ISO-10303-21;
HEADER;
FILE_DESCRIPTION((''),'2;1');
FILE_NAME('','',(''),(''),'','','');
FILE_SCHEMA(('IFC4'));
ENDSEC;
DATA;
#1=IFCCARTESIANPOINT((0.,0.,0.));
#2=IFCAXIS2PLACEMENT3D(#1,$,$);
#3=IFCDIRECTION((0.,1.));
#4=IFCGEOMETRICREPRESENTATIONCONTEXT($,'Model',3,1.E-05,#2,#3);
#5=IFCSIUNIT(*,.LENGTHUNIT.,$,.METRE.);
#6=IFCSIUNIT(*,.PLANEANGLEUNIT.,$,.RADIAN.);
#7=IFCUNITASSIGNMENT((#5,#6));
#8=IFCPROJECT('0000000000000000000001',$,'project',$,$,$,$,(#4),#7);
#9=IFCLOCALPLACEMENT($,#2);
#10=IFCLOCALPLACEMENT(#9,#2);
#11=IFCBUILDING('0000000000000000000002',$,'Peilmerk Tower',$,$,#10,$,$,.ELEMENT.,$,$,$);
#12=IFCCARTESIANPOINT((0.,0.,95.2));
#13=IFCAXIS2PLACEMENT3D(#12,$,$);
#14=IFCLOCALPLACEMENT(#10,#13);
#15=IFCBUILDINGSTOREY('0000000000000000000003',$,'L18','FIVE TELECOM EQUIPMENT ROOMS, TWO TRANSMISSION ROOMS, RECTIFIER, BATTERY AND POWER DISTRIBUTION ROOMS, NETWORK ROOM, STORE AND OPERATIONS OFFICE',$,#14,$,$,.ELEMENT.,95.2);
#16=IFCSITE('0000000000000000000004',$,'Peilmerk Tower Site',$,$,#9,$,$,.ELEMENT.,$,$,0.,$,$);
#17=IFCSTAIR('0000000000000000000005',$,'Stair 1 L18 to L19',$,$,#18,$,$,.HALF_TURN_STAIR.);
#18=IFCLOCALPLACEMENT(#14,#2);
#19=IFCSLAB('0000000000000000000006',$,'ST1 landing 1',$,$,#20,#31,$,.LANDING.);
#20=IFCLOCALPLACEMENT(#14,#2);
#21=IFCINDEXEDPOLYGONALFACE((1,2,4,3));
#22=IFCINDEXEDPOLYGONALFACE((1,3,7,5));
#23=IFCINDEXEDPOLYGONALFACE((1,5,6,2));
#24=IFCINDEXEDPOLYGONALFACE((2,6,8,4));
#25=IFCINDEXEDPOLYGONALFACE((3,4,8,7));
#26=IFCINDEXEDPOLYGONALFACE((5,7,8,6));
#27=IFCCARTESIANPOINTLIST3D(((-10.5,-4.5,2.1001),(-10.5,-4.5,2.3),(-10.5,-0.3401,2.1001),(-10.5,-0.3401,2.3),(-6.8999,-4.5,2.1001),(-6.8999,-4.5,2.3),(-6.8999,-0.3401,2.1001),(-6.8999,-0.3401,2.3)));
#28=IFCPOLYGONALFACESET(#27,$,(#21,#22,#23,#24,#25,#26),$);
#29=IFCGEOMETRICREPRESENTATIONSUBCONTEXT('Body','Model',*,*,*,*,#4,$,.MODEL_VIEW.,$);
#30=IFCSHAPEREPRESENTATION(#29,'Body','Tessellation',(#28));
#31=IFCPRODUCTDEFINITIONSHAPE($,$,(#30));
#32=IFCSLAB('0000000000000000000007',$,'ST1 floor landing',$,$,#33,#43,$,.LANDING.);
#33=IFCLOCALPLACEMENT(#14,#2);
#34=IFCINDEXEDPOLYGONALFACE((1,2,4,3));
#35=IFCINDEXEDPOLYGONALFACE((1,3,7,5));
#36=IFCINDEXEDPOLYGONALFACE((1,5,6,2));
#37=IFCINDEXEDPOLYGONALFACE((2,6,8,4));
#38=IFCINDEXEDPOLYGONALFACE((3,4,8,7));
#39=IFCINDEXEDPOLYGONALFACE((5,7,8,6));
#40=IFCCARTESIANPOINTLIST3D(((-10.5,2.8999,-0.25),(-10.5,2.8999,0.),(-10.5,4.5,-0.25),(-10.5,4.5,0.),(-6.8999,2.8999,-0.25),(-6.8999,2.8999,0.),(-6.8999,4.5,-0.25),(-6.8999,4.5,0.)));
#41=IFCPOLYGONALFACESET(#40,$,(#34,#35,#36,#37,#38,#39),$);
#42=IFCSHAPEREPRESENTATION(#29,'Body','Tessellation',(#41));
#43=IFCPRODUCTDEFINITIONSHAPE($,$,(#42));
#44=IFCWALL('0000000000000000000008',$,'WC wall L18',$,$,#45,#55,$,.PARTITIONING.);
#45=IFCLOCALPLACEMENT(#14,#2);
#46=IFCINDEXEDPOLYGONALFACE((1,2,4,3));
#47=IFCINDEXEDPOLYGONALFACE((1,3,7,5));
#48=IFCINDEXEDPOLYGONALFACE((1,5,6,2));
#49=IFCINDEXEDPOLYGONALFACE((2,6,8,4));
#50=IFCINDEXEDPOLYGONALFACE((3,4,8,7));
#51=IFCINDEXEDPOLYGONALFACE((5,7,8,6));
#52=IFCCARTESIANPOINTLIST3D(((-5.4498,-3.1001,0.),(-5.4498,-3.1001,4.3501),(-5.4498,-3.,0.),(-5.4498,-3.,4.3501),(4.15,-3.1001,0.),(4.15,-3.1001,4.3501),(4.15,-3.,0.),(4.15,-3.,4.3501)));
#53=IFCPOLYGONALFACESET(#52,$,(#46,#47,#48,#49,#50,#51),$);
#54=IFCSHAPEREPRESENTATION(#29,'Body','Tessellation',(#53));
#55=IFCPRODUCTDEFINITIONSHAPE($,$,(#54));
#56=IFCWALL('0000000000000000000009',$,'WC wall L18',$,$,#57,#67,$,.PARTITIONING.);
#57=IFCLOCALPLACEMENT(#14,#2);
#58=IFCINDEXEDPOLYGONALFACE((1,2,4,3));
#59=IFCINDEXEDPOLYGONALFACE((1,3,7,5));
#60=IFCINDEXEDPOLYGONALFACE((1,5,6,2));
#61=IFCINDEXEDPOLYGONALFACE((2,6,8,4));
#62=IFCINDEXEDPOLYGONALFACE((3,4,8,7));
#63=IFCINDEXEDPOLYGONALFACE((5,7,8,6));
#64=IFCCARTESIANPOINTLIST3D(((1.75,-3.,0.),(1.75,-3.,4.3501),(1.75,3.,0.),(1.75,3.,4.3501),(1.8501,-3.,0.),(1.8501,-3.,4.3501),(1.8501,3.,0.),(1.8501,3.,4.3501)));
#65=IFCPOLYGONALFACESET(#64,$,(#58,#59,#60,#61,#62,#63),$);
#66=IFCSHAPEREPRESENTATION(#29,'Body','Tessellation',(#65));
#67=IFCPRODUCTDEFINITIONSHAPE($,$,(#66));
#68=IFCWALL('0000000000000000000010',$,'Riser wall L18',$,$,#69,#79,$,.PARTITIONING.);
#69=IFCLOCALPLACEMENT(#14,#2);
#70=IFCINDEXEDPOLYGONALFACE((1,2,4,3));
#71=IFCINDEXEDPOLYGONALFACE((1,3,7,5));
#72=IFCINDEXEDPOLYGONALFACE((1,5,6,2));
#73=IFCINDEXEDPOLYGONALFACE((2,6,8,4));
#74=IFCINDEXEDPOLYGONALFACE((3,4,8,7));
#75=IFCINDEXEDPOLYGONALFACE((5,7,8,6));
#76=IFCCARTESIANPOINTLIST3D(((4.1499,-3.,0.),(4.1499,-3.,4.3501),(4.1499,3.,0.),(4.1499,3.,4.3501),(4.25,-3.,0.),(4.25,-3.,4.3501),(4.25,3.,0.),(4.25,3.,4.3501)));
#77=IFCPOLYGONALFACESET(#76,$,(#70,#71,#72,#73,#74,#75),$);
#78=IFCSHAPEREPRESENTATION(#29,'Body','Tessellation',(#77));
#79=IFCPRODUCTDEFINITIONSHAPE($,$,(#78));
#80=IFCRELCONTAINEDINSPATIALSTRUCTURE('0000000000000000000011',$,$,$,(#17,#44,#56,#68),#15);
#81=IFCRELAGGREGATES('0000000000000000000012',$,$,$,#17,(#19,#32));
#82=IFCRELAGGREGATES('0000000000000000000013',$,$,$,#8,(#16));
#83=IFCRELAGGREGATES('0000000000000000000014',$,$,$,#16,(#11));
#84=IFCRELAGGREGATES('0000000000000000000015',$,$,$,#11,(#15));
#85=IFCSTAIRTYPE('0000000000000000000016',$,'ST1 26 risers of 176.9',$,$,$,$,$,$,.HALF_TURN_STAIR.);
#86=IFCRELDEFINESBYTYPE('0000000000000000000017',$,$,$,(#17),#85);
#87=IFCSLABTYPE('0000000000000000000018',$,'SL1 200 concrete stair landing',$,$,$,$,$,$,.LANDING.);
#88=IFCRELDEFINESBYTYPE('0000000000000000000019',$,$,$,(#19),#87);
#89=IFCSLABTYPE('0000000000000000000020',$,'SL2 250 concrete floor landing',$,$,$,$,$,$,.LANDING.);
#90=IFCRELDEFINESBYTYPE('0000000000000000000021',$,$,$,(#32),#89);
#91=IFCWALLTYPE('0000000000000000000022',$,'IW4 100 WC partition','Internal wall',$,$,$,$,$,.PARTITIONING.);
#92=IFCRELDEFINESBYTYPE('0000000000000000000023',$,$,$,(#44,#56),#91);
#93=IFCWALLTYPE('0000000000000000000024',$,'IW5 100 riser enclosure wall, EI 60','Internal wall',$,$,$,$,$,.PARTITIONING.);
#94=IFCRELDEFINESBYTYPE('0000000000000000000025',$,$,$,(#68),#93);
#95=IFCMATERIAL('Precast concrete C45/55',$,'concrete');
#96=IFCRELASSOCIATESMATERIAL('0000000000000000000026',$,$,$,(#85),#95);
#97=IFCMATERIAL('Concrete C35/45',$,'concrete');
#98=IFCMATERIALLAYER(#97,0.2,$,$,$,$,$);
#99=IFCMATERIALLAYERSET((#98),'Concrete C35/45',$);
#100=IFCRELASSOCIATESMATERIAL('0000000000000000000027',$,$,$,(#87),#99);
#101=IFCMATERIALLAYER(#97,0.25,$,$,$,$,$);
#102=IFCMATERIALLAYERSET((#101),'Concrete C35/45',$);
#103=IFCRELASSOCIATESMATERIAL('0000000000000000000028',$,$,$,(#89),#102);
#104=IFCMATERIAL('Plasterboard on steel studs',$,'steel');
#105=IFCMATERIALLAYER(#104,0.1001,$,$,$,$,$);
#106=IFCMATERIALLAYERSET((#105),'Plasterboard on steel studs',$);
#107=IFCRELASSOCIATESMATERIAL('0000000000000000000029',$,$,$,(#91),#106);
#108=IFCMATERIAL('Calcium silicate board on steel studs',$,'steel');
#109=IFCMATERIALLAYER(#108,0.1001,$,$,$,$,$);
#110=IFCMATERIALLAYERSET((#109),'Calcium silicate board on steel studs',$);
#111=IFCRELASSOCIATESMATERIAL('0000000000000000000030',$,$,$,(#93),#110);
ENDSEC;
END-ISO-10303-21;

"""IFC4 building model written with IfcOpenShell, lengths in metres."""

from ifc_helpers import new_model, si_unit, direction, frame, frame_2d, origin, place, context, subcontext, project, spatial, polyline, rectangle, outline, extrude, material, layer, layer_set, type_object, element, aggregate, save


model = new_model("IFC4")

# Units and contexts
model_context = context("Model", 3, precision=1e-05, world=origin(), true_north=direction((0.0, 1.0)))
body_context = subcontext(model_context, "Body", "Model", "MODEL_VIEW")
ifc_project = project(units=[si_unit("LENGTHUNIT", "METRE"), si_unit("PLANEANGLEUNIT", "RADIAN")], contexts=[model_context])

# Site, building, storey
site_placement = place(None, origin())
site = spatial("IfcSite", under=ifc_project, at=site_placement, Name="Peilmerk Tower Site", CompositionType="ELEMENT", RefElevation=0.0)
building_placement = place(site_placement, origin())
building = spatial("IfcBuilding", under=site, at=building_placement, Name="Peilmerk Tower", CompositionType="ELEMENT")
storey_placement = place(building_placement, frame((0.0, 0.0, 95.2)))
storey = spatial("IfcBuildingStorey", under=building, at=storey_placement, Name="L18", Description="FIVE TELECOM EQUIPMENT ROOMS, TWO TRANSMISSION ROOMS, RECTIFIER, BATTERY AND POWER DISTRIBUTION ROOMS, NETWORK ROOM, STORE AND OPERATIONS OFFICE", CompositionType="ELEMENT", Elevation=95.2)

# Stair, slabs
ifc_material_1 = material(Name="Precast concrete C45/55", Category="concrete")
stair_type = type_object("IfcStairType", Name="ST1 26 risers of 176.9", PredefinedType="HALF_TURN_STAIR", material=ifc_material_1)
stair_placement = place(storey_placement, origin())
stair = element("IfcStair", 1, at=stair_placement, inside=storey, type_object=stair_type, Name="Stair 1 L18 to L19", PredefinedType="HALF_TURN_STAIR")
ifc_material_2 = material(Name="Concrete C35/45", Category="concrete")
ifc_layer_1 = layer(ifc_material_2, 0.2)
ifc_layer_set_1 = layer_set([ifc_layer_1], Name="Concrete C35/45")
slab_type_1 = type_object("IfcSlabType", Name="SL1 200 concrete stair landing", PredefinedType="LANDING", material=ifc_layer_set_1)
slab_1_placement = place(storey_placement, frame((0.0, 0.0, 2.1001)))
slab_1 = element("IfcSlab", 2, at=slab_1_placement, type_object=slab_type_1, Name="ST1 landing 1", PredefinedType="LANDING", context=body_context, shape_type="SweptSolid", body=[
    extrude(outline(polyline([(-10.5, -4.5), (-6.8999, -4.5), (-6.8999, -0.3401), (-10.5, -0.3401), (-10.5, -4.5)])), origin(), (0.0, 0.0, 1.0), 0.2),
])
ifc_layer_2 = layer(ifc_material_2, 0.25)
ifc_layer_set_2 = layer_set([ifc_layer_2], Name="Concrete C35/45")
slab_type_2 = type_object("IfcSlabType", Name="SL2 250 concrete floor landing", PredefinedType="LANDING", material=ifc_layer_set_2)
slab_2_placement = place(storey_placement, frame((0.0, 0.0, -0.25)))
slab_2 = element("IfcSlab", 3, at=slab_2_placement, type_object=slab_type_2, Name="ST1 floor landing", PredefinedType="LANDING", context=body_context, shape_type="SweptSolid", body=[
    extrude(outline(polyline([(-10.5, 2.8999), (-6.8999, 2.8999), (-6.8999, 4.5), (-10.5, 4.5), (-10.5, 2.8999)])), origin(), (0.0, 0.0, 1.0), 0.25),
])
aggregate(stair, [slab_1, slab_2])

# Walls
ifc_material_3 = material(Name="Plasterboard on steel studs", Category="steel")
ifc_layer_3 = layer(ifc_material_3, 0.1001)
ifc_layer_set_3 = layer_set([ifc_layer_3], Name="Plasterboard on steel studs")
wall_type_1 = type_object("IfcWallType", Name="IW4 100 WC partition", Description="Internal wall", PredefinedType="PARTITIONING", material=ifc_layer_set_3)
wall_1_placement = place(storey_placement, frame((4.1499, -3.05, 0.0), z_axis=(0.0, 0.0, 1.0), x_axis=(-1.0, 0.0, 0.0)))
element("IfcWall", 4, at=wall_1_placement, inside=storey, type_object=wall_type_1, Name="WC wall L18", PredefinedType="PARTITIONING", context=body_context, shape_type="SweptSolid", body=[
    extrude(rectangle(XDim=9.5999, YDim=0.1001, at=frame_2d((4.7998, 0.0))), origin(), (0.0, 0.0, 1.0), 4.3501),
])
wall_2_placement = place(storey_placement, frame((1.8, -3.0, 0.0), z_axis=(0.0, 0.0, 1.0), x_axis=(0.0, 1.0, 0.0)))
element("IfcWall", 5, at=wall_2_placement, inside=storey, type_object=wall_type_1, Name="WC wall L18", PredefinedType="PARTITIONING", context=body_context, shape_type="SweptSolid", body=[
    extrude(rectangle(XDim=6.0, YDim=0.1001, at=frame_2d((3.0, 0.0))), origin(), (0.0, 0.0, 1.0), 4.3501),
])
ifc_material_4 = material(Name="Calcium silicate board on steel studs", Category="steel")
ifc_layer_4 = layer(ifc_material_4, 0.1001)
ifc_layer_set_4 = layer_set([ifc_layer_4], Name="Calcium silicate board on steel studs")
wall_type_2 = type_object("IfcWallType", Name="IW5 100 riser enclosure wall, EI 60", Description="Internal wall", PredefinedType="PARTITIONING", material=ifc_layer_set_4)
wall_3_placement = place(storey_placement, frame((4.2, -3.0, 0.0), z_axis=(0.0, 0.0, 1.0), x_axis=(0.0, 1.0, 0.0)))
element("IfcWall", 6, at=wall_3_placement, inside=storey, type_object=wall_type_2, Name="Riser wall L18", PredefinedType="PARTITIONING", context=body_context, shape_type="SweptSolid", body=[
    extrude(rectangle(XDim=6.0, YDim=0.1001, at=frame_2d((3.0, 0.0))), origin(), (0.0, 0.0, 1.0), 4.3501),
])

save(model, "model.ifc")
